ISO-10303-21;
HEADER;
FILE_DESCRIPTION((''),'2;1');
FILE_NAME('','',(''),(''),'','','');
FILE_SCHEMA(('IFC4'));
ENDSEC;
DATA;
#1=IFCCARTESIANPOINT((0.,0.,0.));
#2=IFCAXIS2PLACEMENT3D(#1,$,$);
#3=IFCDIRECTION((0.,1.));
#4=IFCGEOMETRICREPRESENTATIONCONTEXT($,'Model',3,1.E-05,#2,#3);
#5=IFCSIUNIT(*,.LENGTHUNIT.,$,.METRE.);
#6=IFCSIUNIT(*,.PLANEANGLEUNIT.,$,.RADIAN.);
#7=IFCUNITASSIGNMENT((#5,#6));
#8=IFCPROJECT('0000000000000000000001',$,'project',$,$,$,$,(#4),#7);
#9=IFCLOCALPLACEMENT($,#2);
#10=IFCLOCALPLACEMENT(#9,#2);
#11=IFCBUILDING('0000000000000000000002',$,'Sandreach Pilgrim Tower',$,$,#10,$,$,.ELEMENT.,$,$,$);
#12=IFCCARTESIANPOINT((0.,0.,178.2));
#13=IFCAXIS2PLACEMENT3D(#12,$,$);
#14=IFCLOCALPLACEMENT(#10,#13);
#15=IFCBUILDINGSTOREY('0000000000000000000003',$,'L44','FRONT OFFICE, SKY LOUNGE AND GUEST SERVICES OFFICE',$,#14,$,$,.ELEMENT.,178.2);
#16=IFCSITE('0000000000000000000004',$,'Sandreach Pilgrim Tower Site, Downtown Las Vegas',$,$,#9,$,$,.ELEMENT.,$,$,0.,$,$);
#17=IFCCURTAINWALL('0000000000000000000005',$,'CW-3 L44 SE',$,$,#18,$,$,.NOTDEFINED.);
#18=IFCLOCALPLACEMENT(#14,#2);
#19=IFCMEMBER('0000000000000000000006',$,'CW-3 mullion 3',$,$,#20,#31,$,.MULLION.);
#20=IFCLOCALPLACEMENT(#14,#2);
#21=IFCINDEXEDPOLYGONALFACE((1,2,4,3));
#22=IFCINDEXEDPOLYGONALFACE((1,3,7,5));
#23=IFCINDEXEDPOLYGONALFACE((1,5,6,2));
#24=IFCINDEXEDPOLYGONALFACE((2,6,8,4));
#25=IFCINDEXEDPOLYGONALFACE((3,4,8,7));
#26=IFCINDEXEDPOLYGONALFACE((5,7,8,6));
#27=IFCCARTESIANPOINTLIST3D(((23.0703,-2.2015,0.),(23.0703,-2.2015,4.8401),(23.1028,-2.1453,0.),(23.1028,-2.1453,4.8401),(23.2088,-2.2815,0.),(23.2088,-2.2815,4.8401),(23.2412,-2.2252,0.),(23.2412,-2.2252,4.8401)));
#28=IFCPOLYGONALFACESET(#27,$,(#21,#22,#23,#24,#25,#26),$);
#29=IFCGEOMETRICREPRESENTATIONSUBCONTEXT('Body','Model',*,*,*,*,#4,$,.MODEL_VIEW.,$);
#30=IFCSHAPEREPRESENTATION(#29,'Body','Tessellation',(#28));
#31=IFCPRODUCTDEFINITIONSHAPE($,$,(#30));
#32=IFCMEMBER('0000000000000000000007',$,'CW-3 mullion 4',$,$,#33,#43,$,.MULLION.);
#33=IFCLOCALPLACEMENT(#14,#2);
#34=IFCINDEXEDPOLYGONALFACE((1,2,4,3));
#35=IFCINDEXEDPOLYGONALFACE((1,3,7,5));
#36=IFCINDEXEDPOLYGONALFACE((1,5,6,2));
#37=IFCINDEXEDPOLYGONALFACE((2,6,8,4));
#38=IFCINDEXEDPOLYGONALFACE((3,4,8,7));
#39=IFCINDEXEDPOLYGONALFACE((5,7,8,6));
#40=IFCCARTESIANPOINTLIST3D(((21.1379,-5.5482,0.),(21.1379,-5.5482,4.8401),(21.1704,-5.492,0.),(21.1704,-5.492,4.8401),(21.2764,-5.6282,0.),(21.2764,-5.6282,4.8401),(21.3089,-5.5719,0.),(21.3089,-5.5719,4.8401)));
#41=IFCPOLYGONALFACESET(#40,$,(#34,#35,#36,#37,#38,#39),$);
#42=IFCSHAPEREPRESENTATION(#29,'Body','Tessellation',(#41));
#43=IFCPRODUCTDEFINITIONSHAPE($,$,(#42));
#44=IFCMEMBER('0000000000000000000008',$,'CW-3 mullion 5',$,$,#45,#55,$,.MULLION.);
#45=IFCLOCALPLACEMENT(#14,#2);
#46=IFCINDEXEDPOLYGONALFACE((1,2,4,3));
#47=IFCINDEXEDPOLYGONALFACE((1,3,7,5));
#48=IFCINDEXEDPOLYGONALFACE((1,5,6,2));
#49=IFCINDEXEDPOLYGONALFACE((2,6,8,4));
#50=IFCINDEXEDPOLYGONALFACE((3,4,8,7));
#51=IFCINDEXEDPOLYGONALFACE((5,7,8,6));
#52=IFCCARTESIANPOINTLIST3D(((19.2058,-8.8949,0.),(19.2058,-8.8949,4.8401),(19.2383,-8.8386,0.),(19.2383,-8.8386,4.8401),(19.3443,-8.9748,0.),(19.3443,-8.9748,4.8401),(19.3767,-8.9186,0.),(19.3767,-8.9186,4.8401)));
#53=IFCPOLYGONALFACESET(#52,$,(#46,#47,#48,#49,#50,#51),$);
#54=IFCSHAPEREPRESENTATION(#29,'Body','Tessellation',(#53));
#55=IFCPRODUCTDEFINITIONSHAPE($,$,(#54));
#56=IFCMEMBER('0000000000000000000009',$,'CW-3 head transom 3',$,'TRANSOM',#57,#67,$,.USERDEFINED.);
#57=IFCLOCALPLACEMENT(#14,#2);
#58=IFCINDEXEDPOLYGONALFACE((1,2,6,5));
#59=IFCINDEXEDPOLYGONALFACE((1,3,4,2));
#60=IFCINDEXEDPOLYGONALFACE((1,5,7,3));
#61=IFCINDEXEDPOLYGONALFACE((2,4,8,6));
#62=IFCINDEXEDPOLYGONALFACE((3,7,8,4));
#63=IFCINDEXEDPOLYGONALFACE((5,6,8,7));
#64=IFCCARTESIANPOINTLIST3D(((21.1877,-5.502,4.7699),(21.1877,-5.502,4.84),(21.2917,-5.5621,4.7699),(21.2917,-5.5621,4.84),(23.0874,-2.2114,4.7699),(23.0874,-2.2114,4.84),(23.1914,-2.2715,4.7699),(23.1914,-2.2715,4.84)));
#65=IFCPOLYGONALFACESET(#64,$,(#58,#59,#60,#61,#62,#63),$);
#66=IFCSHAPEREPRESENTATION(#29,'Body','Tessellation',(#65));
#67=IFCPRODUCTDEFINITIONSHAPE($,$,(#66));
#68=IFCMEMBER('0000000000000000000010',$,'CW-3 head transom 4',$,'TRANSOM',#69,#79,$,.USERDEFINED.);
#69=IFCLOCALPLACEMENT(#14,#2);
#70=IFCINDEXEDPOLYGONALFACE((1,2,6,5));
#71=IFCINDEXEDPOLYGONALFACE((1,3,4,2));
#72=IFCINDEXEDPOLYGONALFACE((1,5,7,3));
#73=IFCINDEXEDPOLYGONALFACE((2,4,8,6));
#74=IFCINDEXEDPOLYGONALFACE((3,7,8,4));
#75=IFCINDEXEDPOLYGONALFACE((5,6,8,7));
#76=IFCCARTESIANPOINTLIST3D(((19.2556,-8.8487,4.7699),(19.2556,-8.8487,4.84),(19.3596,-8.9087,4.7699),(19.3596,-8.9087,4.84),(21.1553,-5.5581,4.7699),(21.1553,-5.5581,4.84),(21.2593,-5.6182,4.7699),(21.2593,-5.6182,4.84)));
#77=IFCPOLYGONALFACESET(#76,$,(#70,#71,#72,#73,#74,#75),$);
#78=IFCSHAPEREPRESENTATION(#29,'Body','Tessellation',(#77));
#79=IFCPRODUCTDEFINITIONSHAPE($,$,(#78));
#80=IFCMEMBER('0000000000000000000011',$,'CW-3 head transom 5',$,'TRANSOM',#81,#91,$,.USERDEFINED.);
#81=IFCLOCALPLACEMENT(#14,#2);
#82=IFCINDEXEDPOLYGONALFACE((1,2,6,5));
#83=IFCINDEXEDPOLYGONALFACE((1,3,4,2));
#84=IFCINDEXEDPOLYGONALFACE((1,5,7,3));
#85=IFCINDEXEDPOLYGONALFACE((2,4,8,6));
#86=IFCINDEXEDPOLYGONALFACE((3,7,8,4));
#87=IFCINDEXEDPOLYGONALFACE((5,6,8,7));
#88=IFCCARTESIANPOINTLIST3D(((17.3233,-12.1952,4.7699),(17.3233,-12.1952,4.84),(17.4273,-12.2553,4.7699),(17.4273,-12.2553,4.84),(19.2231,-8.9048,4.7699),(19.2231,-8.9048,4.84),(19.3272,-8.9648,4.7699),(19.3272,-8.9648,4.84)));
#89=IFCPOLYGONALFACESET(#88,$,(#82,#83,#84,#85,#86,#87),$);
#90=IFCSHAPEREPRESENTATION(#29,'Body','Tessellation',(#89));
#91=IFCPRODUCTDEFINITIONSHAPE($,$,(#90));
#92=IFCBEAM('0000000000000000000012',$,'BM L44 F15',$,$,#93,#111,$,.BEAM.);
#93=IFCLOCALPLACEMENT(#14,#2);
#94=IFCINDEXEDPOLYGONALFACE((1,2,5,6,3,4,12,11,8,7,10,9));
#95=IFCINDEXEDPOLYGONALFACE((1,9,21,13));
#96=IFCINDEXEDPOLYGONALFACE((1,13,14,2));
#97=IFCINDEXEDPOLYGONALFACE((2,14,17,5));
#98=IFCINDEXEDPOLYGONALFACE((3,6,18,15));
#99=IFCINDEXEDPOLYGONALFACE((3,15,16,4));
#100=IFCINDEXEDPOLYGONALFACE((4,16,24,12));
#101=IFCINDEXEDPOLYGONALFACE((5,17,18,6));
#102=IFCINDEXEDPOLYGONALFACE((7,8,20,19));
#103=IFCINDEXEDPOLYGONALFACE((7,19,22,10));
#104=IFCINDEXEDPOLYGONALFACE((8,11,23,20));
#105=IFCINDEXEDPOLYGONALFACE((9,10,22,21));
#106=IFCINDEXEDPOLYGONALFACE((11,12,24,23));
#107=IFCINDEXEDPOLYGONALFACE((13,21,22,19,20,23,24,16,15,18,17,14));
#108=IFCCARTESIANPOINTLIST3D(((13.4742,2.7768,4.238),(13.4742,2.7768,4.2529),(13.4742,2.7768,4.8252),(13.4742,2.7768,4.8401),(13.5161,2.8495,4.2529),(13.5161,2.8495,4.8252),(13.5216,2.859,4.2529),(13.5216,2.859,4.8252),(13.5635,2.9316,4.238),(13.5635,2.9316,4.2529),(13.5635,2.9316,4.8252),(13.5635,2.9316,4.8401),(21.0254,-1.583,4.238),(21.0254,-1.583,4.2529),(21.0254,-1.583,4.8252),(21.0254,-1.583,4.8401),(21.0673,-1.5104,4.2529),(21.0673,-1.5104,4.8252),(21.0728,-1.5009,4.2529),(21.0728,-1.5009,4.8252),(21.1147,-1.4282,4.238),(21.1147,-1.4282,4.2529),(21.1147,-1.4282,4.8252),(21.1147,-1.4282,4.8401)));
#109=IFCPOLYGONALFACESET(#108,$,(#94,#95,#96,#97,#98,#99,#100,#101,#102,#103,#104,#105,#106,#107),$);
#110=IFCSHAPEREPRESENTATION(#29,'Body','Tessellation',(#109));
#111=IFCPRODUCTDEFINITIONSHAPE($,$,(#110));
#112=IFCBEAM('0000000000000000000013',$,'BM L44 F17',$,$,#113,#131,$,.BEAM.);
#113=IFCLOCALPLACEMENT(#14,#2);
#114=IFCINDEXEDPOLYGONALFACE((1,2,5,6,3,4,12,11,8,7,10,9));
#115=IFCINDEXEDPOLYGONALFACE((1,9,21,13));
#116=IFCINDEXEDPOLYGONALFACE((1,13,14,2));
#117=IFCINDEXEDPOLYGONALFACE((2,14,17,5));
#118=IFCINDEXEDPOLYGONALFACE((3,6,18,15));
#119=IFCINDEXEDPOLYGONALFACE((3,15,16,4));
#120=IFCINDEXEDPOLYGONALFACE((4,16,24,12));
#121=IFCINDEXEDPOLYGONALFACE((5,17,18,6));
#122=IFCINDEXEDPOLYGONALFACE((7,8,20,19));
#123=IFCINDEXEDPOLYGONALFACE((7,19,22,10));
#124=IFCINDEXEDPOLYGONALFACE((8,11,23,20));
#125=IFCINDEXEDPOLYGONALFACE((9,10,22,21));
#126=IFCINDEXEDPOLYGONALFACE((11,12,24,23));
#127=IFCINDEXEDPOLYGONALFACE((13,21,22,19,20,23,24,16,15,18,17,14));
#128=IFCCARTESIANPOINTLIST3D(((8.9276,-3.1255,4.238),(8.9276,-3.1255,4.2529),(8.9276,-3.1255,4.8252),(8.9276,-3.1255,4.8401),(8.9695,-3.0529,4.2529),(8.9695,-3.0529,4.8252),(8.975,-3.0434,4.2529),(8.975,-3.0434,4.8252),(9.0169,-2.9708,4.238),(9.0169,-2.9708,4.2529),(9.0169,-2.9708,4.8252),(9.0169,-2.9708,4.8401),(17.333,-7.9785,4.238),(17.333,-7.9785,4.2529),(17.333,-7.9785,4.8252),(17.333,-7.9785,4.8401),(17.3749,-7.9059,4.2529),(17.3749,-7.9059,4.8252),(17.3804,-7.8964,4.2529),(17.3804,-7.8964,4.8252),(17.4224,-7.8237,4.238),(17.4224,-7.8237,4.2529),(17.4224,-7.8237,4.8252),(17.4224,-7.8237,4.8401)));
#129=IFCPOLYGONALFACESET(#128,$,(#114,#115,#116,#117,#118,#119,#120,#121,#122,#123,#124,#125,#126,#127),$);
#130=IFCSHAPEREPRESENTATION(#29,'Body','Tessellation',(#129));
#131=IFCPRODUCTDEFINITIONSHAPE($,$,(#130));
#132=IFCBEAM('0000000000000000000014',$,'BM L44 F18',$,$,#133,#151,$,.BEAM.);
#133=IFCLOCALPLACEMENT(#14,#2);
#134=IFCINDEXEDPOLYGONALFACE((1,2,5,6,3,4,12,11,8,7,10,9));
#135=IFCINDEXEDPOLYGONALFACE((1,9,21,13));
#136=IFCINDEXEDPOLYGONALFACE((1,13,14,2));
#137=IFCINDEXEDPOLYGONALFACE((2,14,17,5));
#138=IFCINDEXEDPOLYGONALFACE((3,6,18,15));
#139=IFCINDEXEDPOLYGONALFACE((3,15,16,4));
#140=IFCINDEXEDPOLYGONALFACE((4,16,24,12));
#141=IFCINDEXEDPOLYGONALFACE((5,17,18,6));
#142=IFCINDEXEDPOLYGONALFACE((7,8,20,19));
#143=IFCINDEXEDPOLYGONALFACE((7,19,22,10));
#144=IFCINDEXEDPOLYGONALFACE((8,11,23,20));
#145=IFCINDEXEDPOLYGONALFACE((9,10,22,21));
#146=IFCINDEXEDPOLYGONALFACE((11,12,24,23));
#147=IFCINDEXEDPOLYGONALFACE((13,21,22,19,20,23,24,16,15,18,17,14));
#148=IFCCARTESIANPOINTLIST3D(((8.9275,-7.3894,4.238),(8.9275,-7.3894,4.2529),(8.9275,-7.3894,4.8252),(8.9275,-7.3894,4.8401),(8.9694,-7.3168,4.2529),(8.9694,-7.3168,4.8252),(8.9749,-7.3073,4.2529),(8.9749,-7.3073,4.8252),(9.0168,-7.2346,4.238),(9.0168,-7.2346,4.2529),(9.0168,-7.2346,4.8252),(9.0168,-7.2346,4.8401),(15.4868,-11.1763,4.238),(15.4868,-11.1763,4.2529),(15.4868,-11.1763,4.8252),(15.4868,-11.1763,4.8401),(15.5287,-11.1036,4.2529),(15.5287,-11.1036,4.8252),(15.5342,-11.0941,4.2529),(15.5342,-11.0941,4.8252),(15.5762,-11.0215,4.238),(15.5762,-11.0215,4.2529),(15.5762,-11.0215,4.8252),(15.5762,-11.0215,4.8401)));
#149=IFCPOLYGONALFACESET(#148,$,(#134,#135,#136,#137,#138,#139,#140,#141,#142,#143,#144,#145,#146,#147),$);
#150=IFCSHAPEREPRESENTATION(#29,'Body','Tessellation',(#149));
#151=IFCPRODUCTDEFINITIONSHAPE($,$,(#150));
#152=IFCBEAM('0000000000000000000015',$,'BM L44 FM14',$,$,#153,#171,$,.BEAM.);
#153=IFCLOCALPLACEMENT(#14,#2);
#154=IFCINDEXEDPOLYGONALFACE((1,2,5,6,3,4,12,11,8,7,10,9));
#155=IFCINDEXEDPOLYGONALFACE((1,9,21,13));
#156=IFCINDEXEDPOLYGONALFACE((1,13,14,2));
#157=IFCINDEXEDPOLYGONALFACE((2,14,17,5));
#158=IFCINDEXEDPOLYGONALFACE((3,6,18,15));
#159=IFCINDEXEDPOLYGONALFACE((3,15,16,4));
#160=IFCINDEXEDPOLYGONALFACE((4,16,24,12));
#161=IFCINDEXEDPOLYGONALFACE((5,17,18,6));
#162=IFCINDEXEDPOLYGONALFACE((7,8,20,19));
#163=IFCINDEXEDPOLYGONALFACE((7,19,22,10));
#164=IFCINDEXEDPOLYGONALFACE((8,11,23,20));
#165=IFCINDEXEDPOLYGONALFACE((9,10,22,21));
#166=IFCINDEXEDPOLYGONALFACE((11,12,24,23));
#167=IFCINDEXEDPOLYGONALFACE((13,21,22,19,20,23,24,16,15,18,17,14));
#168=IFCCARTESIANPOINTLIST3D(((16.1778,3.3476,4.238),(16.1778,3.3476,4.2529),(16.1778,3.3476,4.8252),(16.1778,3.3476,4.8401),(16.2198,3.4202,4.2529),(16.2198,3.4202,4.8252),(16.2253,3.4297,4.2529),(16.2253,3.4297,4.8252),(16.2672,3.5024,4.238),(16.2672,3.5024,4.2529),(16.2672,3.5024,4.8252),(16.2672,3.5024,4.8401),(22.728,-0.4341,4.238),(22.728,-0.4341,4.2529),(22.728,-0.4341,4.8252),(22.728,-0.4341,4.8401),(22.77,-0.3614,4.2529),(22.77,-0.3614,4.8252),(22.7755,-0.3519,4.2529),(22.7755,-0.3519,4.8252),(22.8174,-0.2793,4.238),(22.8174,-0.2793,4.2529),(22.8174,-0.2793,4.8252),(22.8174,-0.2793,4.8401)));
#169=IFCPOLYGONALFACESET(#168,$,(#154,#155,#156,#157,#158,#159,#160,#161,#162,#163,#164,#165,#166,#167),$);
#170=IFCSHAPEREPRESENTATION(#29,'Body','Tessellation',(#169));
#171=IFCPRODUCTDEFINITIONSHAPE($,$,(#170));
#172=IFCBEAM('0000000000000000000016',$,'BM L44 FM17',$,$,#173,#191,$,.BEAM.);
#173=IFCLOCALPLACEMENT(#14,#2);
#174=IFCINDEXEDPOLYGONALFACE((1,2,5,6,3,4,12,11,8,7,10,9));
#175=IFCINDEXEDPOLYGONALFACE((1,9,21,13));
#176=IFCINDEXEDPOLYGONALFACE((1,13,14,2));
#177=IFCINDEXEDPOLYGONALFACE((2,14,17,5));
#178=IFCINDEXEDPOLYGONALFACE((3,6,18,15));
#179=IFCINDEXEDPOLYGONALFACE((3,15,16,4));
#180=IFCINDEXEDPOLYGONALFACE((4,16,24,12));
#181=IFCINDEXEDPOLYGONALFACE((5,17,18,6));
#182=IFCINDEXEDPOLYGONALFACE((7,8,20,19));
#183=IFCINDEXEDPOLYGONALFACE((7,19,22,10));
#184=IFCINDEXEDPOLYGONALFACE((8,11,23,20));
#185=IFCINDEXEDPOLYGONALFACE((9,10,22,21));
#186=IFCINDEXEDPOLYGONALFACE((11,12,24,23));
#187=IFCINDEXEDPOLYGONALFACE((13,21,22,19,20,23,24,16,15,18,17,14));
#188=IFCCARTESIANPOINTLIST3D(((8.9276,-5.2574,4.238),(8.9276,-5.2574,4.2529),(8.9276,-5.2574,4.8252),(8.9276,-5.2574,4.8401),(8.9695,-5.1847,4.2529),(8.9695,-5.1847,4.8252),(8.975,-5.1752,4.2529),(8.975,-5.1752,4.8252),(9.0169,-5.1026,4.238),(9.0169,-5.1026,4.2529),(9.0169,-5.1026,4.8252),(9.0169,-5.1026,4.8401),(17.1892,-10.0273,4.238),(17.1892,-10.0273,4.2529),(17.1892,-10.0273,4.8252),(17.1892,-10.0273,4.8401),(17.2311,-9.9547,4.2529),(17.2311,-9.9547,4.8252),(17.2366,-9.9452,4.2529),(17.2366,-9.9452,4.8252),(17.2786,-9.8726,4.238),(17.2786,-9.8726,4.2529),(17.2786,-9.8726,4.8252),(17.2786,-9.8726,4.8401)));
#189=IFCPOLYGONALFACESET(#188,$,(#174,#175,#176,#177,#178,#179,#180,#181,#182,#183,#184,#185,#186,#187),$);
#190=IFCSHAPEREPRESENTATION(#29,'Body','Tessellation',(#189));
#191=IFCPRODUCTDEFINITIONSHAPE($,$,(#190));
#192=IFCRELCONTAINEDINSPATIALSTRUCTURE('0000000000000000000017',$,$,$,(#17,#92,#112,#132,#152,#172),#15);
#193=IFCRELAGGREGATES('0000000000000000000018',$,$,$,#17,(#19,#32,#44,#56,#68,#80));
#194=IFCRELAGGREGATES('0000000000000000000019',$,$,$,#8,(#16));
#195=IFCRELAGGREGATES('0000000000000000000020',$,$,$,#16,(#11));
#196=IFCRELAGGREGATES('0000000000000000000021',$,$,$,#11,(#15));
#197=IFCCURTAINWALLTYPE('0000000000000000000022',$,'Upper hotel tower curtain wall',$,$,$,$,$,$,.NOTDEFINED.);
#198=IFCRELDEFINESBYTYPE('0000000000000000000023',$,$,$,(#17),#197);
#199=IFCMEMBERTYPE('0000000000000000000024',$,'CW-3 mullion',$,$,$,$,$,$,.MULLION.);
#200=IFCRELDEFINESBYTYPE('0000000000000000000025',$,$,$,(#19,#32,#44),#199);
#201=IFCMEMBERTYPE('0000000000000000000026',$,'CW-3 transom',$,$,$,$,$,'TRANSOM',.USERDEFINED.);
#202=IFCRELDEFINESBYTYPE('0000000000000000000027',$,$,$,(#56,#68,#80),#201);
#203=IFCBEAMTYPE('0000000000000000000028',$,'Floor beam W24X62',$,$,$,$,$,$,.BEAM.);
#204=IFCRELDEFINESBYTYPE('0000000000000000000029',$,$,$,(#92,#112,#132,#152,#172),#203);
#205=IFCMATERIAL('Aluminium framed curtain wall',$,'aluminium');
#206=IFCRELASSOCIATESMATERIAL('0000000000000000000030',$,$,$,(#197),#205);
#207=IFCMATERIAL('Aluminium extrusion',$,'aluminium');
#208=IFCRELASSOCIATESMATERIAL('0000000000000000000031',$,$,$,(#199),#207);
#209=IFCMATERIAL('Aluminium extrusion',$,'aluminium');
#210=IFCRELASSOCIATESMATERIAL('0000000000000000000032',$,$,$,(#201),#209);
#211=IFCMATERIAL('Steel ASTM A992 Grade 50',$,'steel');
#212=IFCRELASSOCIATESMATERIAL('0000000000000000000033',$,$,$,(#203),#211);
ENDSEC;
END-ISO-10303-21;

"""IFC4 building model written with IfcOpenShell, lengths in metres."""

from ifc_helpers import new_model, si_unit, direction, frame, origin, origin_2d, place, context, subcontext, project, spatial, rectangle, i_section, extrude, material, material_profile, profile_set, type_object, element, aggregate, save


model = new_model("IFC4")

# Units and contexts
model_context = context("Model", 3, precision=1e-05, world=origin(), true_north=direction((0.0, 1.0)))
body_context = subcontext(model_context, "Body", "Model", "MODEL_VIEW")
ifc_project = project(units=[si_unit("LENGTHUNIT", "METRE"), si_unit("PLANEANGLEUNIT", "RADIAN")], contexts=[model_context])

# Site, building, storey
site_placement = place(None, origin())
site = spatial("IfcSite", under=ifc_project, at=site_placement, Name="Sandreach Pilgrim Tower Site, Downtown Las Vegas", CompositionType="ELEMENT", RefElevation=0.0)
building_placement = place(site_placement, origin())
building = spatial("IfcBuilding", under=site, at=building_placement, Name="Sandreach Pilgrim Tower", CompositionType="ELEMENT")
storey_placement = place(building_placement, frame((0.0, 0.0, 178.2)))
storey = spatial("IfcBuildingStorey", under=building, at=storey_placement, Name="L44", Description="FRONT OFFICE, SKY LOUNGE AND GUEST SERVICES OFFICE", CompositionType="ELEMENT", Elevation=178.2)

# Curtain wall, members
ifc_material_1 = material(Name="Aluminium framed curtain wall", Category="aluminium")
curtain_wall_type = type_object("IfcCurtainWallType", Name="Upper hotel tower curtain wall", PredefinedType="NOTDEFINED", material=ifc_material_1)
curtain_wall_placement = place(storey_placement, origin())
curtain_wall = element("IfcCurtainWall", 1, at=curtain_wall_placement, inside=storey, type_object=curtain_wall_type, Name="CW-3 L44 SE", PredefinedType="NOTDEFINED")
ifc_material_2 = material(Name="Aluminium extrusion", Category="aluminium")
ifc_material_profile_1 = material_profile(ifc_material_2, rectangle(XDim=0.0649, YDim=0.1599, at=origin_2d()), Name="CW-3M 65X160")
ifc_profile_set_1 = profile_set([ifc_material_profile_1], Name="Aluminium extrusion")
member_type_1 = type_object("IfcMemberType", Name="CW-3 mullion", PredefinedType="MULLION", material=ifc_profile_set_1)
member_1_placement = place(storey_placement, frame((23.1558, -2.2134, 0.0), z_axis=(0.0, 0.0, 1.0), x_axis=(-0.5, -0.866025, 0.0)))
member_1 = element("IfcMember", 2, at=member_1_placement, type_object=member_type_1, Name="CW-3 mullion 3", PredefinedType="MULLION", context=body_context, shape_type="SweptSolid", body=[
    extrude(rectangle(XDim=0.0649, YDim=0.1599, at=origin_2d()), origin(), (0.0, 0.0, 1.0), 4.8401),
])
member_2_placement = place(storey_placement, frame((21.2234, -5.5601, 0.0), z_axis=(0.0, 0.0, 1.0), x_axis=(-0.5, -0.866025, 0.0)))
member_2 = element("IfcMember", 3, at=member_2_placement, type_object=member_type_1, Name="CW-3 mullion 4", PredefinedType="MULLION", context=body_context, shape_type="SweptSolid", body=[
    extrude(rectangle(XDim=0.0649, YDim=0.1599, at=origin_2d()), origin(), (0.0, 0.0, 1.0), 4.8401),
])
member_3_placement = place(storey_placement, frame((19.2913, -8.9067, 0.0), z_axis=(0.0, 0.0, 1.0), x_axis=(-0.5, -0.866025, 0.0)))
member_3 = element("IfcMember", 4, at=member_3_placement, type_object=member_type_1, Name="CW-3 mullion 5", PredefinedType="MULLION", context=body_context, shape_type="SweptSolid", body=[
    extrude(rectangle(XDim=0.0649, YDim=0.1599, at=origin_2d()), origin(), (0.0, 0.0, 1.0), 4.8401),
])
ifc_material_3 = material(Name="Aluminium extrusion", Category="aluminium")
ifc_material_profile_2 = material_profile(ifc_material_3, rectangle(XDim=0.1201, YDim=0.0701, at=origin_2d()), Name="CW-3T 120X70")
ifc_profile_set_2 = profile_set([ifc_material_profile_2], Name="Aluminium extrusion")
member_type_2 = type_object("IfcMemberType", Name="CW-3 transom", ElementType="TRANSOM", PredefinedType="USERDEFINED", material=ifc_profile_set_2)
member_4_placement = place(storey_placement, frame((23.1394, -2.2415, 4.8049), z_axis=(-0.499975, -0.86604, 0.0), x_axis=(0.86604, -0.499975, 0.0)))
member_4 = element("IfcMember", 5, at=member_4_placement, type_object=member_type_2, Name="CW-3 head transom 3", ObjectType="TRANSOM", PredefinedType="USERDEFINED", context=body_context, shape_type="SweptSolid", body=[
    extrude(rectangle(XDim=0.1201, YDim=0.0701, at=origin_2d()), origin(), (0.0, 0.0, 1.0), 3.7996),
])
member_5_placement = place(storey_placement, frame((21.2073, -5.5881, 4.8049), z_axis=(-0.499975, -0.86604, 0.0), x_axis=(0.86604, -0.499975, 0.0)))
member_5 = element("IfcMember", 6, at=member_5_placement, type_object=member_type_2, Name="CW-3 head transom 4", ObjectType="TRANSOM", PredefinedType="USERDEFINED", context=body_context, shape_type="SweptSolid", body=[
    extrude(rectangle(XDim=0.1201, YDim=0.0701, at=origin_2d()), origin(), (0.0, 0.0, 1.0), 3.7996),
])
member_6_placement = place(storey_placement, frame((19.2751, -8.9348, 4.8049), z_axis=(-0.500023, -0.866012, 0.0), x_axis=(0.866012, -0.500023, 0.0)))
member_6 = element("IfcMember", 7, at=member_6_placement, type_object=member_type_2, Name="CW-3 head transom 5", ObjectType="TRANSOM", PredefinedType="USERDEFINED", context=body_context, shape_type="SweptSolid", body=[
    extrude(rectangle(XDim=0.1201, YDim=0.0701, at=origin_2d()), origin(), (0.0, 0.0, 1.0), 3.7996),
])

# Beams
ifc_material_4 = material(Name="Steel ASTM A992 Grade 50", Category="steel")
ifc_material_profile_3 = material_profile(ifc_material_4, i_section(OverallWidth=0.1787, OverallDepth=0.6021, WebThickness=0.011, FlangeThickness=0.0149, at=origin_2d()), Name="W24X62")
ifc_profile_set_3 = profile_set([ifc_material_profile_3], Name="Steel ASTM A992 Grade 50")
beam_type_1 = type_object("IfcBeamType", Name="Floor beam W24X62", PredefinedType="BEAM", material=ifc_profile_set_3)
beam_1_placement = place(storey_placement, frame((21.0701, -1.5056, 4.5391), z_axis=(-0.866019, 0.500012, 0.0), x_axis=(-0.500012, -0.866019, 0.0)))
element("IfcBeam", 8, at=beam_1_placement, inside=storey, type_object=beam_type_1, Name="BM L44 F15", PredefinedType="BEAM", context=body_context, shape_type="SweptSolid", body=[
    extrude(i_section(OverallWidth=0.1787, OverallDepth=0.6021, WebThickness=0.011, FlangeThickness=0.0149, at=origin_2d()), origin(), (0.0, 0.0, 1.0), 8.7195),
])
beam_2_placement = place(storey_placement, frame((17.3777, -7.9011, 4.5391), z_axis=(-0.866021, 0.500008, 0.0), x_axis=(-0.500008, -0.866021, 0.0)))
element("IfcBeam", 9, at=beam_2_placement, inside=storey, type_object=beam_type_1, Name="BM L44 F17", PredefinedType="BEAM", context=body_context, shape_type="SweptSolid", body=[
    extrude(i_section(OverallWidth=0.1787, OverallDepth=0.6021, WebThickness=0.011, FlangeThickness=0.0149, at=origin_2d()), origin(), (0.0, 0.0, 1.0), 9.7058),
])
beam_3_placement = place(storey_placement, frame((15.5315, -11.0989, 4.5391), z_axis=(-0.866035, 0.499984, 0.0), x_axis=(-0.499984, -0.866035, 0.0)))
element("IfcBeam", 10, at=beam_3_placement, inside=storey, type_object=beam_type_1, Name="BM L44 F18", PredefinedType="BEAM", context=body_context, shape_type="SweptSolid", body=[
    extrude(i_section(OverallWidth=0.1787, OverallDepth=0.6021, WebThickness=0.011, FlangeThickness=0.0149, at=origin_2d()), origin(), (0.0, 0.0, 1.0), 7.574),
])
beam_4_placement = place(storey_placement, frame((22.7727, -0.3567, 4.5391), z_axis=(-0.86603, 0.499993, 0.0), x_axis=(-0.499993, -0.86603, 0.0)))
element("IfcBeam", 11, at=beam_4_placement, inside=storey, type_object=beam_type_1, Name="BM L44 FM14", PredefinedType="BEAM", context=body_context, shape_type="SweptSolid", body=[
    extrude(i_section(OverallWidth=0.1787, OverallDepth=0.6021, WebThickness=0.011, FlangeThickness=0.0149, at=origin_2d()), origin(), (0.0, 0.0, 1.0), 7.5635),
])
beam_5_placement = place(storey_placement, frame((17.2339, -9.95, 4.5391), z_axis=(-0.86602, 0.500009, 0.0), x_axis=(-0.500009, -0.86602, 0.0)))
element("IfcBeam", 12, at=beam_5_placement, inside=storey, type_object=beam_type_1, Name="BM L44 FM17", PredefinedType="BEAM", context=body_context, shape_type="SweptSolid", body=[
    extrude(i_section(OverallWidth=0.1787, OverallDepth=0.6021, WebThickness=0.011, FlangeThickness=0.0149, at=origin_2d()), origin(), (0.0, 0.0, 1.0), 9.5398),
])

aggregate(curtain_wall, [member_1, member_2, member_3, member_4, member_5, member_6])

save(model, "model.ifc")
